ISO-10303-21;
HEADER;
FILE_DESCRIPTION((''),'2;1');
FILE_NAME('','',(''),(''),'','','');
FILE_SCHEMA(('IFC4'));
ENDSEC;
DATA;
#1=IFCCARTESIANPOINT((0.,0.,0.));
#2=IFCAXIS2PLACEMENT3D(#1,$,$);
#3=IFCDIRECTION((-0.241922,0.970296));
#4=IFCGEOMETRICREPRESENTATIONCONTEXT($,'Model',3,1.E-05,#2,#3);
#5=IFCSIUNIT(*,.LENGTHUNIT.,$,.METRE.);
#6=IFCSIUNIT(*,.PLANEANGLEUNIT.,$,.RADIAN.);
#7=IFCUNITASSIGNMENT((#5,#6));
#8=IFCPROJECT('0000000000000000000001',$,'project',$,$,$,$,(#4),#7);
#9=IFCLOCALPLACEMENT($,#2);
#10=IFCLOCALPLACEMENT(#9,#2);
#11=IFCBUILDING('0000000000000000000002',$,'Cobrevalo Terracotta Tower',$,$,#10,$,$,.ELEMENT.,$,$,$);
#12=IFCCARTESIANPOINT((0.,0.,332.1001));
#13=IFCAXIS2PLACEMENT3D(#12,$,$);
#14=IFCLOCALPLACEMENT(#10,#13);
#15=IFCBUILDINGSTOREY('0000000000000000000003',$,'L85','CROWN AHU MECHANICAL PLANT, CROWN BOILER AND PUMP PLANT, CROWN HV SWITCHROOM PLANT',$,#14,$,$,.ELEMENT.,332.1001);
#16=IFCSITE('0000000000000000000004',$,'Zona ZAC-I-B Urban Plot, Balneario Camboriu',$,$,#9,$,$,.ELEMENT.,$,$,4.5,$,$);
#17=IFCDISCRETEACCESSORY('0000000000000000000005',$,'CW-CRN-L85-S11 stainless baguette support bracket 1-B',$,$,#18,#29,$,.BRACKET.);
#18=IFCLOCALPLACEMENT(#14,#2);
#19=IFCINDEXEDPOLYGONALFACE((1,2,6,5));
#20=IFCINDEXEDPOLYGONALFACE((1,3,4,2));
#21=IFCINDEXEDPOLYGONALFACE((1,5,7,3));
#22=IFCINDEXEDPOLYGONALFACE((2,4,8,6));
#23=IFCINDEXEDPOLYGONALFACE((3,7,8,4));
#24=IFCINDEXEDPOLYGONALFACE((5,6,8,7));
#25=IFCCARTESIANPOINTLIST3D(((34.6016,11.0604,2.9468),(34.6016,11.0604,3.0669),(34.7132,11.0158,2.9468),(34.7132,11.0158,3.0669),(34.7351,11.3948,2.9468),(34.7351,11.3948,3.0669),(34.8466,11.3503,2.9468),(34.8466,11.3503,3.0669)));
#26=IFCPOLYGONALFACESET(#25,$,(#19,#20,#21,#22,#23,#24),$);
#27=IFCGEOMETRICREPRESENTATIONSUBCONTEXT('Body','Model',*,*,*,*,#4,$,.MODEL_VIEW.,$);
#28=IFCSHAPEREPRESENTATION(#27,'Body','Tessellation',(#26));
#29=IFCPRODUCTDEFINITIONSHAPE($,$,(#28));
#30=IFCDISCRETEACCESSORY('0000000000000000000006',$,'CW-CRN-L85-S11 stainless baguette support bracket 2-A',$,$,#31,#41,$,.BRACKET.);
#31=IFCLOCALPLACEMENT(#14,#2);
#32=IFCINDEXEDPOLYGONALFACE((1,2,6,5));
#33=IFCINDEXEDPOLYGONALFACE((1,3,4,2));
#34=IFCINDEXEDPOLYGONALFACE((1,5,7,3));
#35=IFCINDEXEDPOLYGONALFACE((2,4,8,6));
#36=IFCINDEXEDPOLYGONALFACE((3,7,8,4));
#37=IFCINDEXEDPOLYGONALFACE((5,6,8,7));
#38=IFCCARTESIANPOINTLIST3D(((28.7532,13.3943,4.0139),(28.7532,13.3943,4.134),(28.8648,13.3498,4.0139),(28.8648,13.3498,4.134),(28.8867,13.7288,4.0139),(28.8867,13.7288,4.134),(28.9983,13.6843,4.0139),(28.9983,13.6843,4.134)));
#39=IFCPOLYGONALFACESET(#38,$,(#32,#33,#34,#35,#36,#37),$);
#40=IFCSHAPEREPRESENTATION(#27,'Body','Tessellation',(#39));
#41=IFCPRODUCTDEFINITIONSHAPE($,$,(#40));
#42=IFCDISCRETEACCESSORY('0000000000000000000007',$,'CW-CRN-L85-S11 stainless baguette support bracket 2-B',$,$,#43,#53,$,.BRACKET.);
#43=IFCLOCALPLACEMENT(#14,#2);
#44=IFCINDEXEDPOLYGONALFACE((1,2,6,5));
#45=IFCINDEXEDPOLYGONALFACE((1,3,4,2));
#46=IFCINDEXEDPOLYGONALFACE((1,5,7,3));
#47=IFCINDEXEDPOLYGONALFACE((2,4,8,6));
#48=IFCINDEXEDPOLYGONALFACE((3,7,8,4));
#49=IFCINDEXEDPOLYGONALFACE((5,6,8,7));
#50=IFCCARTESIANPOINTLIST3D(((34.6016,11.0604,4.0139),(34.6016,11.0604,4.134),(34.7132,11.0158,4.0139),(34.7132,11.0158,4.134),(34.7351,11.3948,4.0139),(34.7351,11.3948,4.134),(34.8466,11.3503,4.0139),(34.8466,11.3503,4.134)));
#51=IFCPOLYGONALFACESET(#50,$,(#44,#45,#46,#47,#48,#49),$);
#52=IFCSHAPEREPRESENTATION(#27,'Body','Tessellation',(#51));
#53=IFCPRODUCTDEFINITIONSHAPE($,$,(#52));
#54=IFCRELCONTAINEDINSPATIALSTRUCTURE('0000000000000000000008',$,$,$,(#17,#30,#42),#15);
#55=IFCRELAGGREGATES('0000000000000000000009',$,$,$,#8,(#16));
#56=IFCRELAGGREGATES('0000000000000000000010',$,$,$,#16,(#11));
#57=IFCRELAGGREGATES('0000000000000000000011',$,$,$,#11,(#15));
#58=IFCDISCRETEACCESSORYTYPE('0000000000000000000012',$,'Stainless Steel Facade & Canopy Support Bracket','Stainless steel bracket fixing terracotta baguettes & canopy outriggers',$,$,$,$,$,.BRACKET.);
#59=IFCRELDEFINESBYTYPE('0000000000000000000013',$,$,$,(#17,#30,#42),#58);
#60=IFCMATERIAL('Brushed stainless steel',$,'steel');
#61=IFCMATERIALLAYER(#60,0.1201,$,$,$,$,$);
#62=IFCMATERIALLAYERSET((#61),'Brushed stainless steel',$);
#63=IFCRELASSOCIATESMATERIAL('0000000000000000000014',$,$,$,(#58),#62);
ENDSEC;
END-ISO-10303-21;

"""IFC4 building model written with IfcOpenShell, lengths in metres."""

from ifc_helpers import new_model, si_unit, direction, frame, origin, origin_2d, place, context, subcontext, project, spatial, rectangle, extrude, source, transform, mapped, material, layer, layer_set, type_object, element, save


model = new_model("IFC4")

# Units and contexts
model_context = context("Model", 3, precision=1e-05, world=origin(), true_north=direction((-0.241922, 0.970296)))
body_context = subcontext(model_context, "Body", "Model", "MODEL_VIEW")
ifc_project = project(units=[si_unit("LENGTHUNIT", "METRE"), si_unit("PLANEANGLEUNIT", "RADIAN")], contexts=[model_context])

# Site, building, storey
site_placement = place(None, origin())
site = spatial("IfcSite", under=ifc_project, at=site_placement, Name="Zona ZAC-I-B Urban Plot, Balneario Camboriu", CompositionType="ELEMENT", RefElevation=4.5)
building_placement = place(site_placement, origin())
building = spatial("IfcBuilding", under=site, at=building_placement, Name="Cobrevalo Terracotta Tower", CompositionType="ELEMENT")
storey_placement = place(building_placement, frame((0.0, 0.0, 332.1001)))
storey = spatial("IfcBuildingStorey", under=building, at=storey_placement, Name="L85", Description="CROWN AHU MECHANICAL PLANT, CROWN BOILER AND PUMP PLANT, CROWN HV SWITCHROOM PLANT", CompositionType="ELEMENT", Elevation=332.1001)

# Discrete accessories
ifc_material_1 = material(Name="Brushed stainless steel", Category="steel")
ifc_layer_1 = layer(ifc_material_1, 0.1201)
ifc_layer_set_1 = layer_set([ifc_layer_1], Name="Brushed stainless steel")
discrete_accessory_type = type_object("IfcDiscreteAccessoryType", Name="Stainless Steel Facade & Canopy Support Bracket", Description="Stainless steel bracket fixing terracotta baguettes & canopy outriggers", PredefinedType="BRACKET", material=ifc_layer_set_1)
shared_shape_1 = source(origin(), body_context, "Body", "SweptSolid", [
    extrude(rectangle(XDim=0.1201, YDim=0.3601, at=origin_2d()), origin(), (0.0, 0.0, 1.0), 0.1201),
])
for number, where, z_axis, x_axis, name in (
    (1, (34.7241, 11.2053, 2.9468), (0.0, 0.0, 1.0), (0.928769, -0.37066, 0.0), "CW-CRN-L85-S11 stainless baguette support bracket 1-B"),
    (2, (28.8757, 13.5393, 4.0139), (0.0, 0.0, 1.0), (0.928769, -0.37066, 0.0), "CW-CRN-L85-S11 stainless baguette support bracket 2-A"),
    (3, (34.7241, 11.2053, 4.0139), (0.0, 0.0, 1.0), (0.928769, -0.37066, 0.0), "CW-CRN-L85-S11 stainless baguette support bracket 2-B"),
):
    element("IfcDiscreteAccessory", number, at=place(storey_placement, frame(where, z_axis=z_axis, x_axis=x_axis)), inside=storey, type_object=discrete_accessory_type, Name=name, PredefinedType="BRACKET", context=body_context, shape_type="MappedRepresentation", body=[
        mapped(shared_shape_1, transform((0.0, 0.0, 0.0), scale=1.0)),
    ])

save(model, "model.ifc")
